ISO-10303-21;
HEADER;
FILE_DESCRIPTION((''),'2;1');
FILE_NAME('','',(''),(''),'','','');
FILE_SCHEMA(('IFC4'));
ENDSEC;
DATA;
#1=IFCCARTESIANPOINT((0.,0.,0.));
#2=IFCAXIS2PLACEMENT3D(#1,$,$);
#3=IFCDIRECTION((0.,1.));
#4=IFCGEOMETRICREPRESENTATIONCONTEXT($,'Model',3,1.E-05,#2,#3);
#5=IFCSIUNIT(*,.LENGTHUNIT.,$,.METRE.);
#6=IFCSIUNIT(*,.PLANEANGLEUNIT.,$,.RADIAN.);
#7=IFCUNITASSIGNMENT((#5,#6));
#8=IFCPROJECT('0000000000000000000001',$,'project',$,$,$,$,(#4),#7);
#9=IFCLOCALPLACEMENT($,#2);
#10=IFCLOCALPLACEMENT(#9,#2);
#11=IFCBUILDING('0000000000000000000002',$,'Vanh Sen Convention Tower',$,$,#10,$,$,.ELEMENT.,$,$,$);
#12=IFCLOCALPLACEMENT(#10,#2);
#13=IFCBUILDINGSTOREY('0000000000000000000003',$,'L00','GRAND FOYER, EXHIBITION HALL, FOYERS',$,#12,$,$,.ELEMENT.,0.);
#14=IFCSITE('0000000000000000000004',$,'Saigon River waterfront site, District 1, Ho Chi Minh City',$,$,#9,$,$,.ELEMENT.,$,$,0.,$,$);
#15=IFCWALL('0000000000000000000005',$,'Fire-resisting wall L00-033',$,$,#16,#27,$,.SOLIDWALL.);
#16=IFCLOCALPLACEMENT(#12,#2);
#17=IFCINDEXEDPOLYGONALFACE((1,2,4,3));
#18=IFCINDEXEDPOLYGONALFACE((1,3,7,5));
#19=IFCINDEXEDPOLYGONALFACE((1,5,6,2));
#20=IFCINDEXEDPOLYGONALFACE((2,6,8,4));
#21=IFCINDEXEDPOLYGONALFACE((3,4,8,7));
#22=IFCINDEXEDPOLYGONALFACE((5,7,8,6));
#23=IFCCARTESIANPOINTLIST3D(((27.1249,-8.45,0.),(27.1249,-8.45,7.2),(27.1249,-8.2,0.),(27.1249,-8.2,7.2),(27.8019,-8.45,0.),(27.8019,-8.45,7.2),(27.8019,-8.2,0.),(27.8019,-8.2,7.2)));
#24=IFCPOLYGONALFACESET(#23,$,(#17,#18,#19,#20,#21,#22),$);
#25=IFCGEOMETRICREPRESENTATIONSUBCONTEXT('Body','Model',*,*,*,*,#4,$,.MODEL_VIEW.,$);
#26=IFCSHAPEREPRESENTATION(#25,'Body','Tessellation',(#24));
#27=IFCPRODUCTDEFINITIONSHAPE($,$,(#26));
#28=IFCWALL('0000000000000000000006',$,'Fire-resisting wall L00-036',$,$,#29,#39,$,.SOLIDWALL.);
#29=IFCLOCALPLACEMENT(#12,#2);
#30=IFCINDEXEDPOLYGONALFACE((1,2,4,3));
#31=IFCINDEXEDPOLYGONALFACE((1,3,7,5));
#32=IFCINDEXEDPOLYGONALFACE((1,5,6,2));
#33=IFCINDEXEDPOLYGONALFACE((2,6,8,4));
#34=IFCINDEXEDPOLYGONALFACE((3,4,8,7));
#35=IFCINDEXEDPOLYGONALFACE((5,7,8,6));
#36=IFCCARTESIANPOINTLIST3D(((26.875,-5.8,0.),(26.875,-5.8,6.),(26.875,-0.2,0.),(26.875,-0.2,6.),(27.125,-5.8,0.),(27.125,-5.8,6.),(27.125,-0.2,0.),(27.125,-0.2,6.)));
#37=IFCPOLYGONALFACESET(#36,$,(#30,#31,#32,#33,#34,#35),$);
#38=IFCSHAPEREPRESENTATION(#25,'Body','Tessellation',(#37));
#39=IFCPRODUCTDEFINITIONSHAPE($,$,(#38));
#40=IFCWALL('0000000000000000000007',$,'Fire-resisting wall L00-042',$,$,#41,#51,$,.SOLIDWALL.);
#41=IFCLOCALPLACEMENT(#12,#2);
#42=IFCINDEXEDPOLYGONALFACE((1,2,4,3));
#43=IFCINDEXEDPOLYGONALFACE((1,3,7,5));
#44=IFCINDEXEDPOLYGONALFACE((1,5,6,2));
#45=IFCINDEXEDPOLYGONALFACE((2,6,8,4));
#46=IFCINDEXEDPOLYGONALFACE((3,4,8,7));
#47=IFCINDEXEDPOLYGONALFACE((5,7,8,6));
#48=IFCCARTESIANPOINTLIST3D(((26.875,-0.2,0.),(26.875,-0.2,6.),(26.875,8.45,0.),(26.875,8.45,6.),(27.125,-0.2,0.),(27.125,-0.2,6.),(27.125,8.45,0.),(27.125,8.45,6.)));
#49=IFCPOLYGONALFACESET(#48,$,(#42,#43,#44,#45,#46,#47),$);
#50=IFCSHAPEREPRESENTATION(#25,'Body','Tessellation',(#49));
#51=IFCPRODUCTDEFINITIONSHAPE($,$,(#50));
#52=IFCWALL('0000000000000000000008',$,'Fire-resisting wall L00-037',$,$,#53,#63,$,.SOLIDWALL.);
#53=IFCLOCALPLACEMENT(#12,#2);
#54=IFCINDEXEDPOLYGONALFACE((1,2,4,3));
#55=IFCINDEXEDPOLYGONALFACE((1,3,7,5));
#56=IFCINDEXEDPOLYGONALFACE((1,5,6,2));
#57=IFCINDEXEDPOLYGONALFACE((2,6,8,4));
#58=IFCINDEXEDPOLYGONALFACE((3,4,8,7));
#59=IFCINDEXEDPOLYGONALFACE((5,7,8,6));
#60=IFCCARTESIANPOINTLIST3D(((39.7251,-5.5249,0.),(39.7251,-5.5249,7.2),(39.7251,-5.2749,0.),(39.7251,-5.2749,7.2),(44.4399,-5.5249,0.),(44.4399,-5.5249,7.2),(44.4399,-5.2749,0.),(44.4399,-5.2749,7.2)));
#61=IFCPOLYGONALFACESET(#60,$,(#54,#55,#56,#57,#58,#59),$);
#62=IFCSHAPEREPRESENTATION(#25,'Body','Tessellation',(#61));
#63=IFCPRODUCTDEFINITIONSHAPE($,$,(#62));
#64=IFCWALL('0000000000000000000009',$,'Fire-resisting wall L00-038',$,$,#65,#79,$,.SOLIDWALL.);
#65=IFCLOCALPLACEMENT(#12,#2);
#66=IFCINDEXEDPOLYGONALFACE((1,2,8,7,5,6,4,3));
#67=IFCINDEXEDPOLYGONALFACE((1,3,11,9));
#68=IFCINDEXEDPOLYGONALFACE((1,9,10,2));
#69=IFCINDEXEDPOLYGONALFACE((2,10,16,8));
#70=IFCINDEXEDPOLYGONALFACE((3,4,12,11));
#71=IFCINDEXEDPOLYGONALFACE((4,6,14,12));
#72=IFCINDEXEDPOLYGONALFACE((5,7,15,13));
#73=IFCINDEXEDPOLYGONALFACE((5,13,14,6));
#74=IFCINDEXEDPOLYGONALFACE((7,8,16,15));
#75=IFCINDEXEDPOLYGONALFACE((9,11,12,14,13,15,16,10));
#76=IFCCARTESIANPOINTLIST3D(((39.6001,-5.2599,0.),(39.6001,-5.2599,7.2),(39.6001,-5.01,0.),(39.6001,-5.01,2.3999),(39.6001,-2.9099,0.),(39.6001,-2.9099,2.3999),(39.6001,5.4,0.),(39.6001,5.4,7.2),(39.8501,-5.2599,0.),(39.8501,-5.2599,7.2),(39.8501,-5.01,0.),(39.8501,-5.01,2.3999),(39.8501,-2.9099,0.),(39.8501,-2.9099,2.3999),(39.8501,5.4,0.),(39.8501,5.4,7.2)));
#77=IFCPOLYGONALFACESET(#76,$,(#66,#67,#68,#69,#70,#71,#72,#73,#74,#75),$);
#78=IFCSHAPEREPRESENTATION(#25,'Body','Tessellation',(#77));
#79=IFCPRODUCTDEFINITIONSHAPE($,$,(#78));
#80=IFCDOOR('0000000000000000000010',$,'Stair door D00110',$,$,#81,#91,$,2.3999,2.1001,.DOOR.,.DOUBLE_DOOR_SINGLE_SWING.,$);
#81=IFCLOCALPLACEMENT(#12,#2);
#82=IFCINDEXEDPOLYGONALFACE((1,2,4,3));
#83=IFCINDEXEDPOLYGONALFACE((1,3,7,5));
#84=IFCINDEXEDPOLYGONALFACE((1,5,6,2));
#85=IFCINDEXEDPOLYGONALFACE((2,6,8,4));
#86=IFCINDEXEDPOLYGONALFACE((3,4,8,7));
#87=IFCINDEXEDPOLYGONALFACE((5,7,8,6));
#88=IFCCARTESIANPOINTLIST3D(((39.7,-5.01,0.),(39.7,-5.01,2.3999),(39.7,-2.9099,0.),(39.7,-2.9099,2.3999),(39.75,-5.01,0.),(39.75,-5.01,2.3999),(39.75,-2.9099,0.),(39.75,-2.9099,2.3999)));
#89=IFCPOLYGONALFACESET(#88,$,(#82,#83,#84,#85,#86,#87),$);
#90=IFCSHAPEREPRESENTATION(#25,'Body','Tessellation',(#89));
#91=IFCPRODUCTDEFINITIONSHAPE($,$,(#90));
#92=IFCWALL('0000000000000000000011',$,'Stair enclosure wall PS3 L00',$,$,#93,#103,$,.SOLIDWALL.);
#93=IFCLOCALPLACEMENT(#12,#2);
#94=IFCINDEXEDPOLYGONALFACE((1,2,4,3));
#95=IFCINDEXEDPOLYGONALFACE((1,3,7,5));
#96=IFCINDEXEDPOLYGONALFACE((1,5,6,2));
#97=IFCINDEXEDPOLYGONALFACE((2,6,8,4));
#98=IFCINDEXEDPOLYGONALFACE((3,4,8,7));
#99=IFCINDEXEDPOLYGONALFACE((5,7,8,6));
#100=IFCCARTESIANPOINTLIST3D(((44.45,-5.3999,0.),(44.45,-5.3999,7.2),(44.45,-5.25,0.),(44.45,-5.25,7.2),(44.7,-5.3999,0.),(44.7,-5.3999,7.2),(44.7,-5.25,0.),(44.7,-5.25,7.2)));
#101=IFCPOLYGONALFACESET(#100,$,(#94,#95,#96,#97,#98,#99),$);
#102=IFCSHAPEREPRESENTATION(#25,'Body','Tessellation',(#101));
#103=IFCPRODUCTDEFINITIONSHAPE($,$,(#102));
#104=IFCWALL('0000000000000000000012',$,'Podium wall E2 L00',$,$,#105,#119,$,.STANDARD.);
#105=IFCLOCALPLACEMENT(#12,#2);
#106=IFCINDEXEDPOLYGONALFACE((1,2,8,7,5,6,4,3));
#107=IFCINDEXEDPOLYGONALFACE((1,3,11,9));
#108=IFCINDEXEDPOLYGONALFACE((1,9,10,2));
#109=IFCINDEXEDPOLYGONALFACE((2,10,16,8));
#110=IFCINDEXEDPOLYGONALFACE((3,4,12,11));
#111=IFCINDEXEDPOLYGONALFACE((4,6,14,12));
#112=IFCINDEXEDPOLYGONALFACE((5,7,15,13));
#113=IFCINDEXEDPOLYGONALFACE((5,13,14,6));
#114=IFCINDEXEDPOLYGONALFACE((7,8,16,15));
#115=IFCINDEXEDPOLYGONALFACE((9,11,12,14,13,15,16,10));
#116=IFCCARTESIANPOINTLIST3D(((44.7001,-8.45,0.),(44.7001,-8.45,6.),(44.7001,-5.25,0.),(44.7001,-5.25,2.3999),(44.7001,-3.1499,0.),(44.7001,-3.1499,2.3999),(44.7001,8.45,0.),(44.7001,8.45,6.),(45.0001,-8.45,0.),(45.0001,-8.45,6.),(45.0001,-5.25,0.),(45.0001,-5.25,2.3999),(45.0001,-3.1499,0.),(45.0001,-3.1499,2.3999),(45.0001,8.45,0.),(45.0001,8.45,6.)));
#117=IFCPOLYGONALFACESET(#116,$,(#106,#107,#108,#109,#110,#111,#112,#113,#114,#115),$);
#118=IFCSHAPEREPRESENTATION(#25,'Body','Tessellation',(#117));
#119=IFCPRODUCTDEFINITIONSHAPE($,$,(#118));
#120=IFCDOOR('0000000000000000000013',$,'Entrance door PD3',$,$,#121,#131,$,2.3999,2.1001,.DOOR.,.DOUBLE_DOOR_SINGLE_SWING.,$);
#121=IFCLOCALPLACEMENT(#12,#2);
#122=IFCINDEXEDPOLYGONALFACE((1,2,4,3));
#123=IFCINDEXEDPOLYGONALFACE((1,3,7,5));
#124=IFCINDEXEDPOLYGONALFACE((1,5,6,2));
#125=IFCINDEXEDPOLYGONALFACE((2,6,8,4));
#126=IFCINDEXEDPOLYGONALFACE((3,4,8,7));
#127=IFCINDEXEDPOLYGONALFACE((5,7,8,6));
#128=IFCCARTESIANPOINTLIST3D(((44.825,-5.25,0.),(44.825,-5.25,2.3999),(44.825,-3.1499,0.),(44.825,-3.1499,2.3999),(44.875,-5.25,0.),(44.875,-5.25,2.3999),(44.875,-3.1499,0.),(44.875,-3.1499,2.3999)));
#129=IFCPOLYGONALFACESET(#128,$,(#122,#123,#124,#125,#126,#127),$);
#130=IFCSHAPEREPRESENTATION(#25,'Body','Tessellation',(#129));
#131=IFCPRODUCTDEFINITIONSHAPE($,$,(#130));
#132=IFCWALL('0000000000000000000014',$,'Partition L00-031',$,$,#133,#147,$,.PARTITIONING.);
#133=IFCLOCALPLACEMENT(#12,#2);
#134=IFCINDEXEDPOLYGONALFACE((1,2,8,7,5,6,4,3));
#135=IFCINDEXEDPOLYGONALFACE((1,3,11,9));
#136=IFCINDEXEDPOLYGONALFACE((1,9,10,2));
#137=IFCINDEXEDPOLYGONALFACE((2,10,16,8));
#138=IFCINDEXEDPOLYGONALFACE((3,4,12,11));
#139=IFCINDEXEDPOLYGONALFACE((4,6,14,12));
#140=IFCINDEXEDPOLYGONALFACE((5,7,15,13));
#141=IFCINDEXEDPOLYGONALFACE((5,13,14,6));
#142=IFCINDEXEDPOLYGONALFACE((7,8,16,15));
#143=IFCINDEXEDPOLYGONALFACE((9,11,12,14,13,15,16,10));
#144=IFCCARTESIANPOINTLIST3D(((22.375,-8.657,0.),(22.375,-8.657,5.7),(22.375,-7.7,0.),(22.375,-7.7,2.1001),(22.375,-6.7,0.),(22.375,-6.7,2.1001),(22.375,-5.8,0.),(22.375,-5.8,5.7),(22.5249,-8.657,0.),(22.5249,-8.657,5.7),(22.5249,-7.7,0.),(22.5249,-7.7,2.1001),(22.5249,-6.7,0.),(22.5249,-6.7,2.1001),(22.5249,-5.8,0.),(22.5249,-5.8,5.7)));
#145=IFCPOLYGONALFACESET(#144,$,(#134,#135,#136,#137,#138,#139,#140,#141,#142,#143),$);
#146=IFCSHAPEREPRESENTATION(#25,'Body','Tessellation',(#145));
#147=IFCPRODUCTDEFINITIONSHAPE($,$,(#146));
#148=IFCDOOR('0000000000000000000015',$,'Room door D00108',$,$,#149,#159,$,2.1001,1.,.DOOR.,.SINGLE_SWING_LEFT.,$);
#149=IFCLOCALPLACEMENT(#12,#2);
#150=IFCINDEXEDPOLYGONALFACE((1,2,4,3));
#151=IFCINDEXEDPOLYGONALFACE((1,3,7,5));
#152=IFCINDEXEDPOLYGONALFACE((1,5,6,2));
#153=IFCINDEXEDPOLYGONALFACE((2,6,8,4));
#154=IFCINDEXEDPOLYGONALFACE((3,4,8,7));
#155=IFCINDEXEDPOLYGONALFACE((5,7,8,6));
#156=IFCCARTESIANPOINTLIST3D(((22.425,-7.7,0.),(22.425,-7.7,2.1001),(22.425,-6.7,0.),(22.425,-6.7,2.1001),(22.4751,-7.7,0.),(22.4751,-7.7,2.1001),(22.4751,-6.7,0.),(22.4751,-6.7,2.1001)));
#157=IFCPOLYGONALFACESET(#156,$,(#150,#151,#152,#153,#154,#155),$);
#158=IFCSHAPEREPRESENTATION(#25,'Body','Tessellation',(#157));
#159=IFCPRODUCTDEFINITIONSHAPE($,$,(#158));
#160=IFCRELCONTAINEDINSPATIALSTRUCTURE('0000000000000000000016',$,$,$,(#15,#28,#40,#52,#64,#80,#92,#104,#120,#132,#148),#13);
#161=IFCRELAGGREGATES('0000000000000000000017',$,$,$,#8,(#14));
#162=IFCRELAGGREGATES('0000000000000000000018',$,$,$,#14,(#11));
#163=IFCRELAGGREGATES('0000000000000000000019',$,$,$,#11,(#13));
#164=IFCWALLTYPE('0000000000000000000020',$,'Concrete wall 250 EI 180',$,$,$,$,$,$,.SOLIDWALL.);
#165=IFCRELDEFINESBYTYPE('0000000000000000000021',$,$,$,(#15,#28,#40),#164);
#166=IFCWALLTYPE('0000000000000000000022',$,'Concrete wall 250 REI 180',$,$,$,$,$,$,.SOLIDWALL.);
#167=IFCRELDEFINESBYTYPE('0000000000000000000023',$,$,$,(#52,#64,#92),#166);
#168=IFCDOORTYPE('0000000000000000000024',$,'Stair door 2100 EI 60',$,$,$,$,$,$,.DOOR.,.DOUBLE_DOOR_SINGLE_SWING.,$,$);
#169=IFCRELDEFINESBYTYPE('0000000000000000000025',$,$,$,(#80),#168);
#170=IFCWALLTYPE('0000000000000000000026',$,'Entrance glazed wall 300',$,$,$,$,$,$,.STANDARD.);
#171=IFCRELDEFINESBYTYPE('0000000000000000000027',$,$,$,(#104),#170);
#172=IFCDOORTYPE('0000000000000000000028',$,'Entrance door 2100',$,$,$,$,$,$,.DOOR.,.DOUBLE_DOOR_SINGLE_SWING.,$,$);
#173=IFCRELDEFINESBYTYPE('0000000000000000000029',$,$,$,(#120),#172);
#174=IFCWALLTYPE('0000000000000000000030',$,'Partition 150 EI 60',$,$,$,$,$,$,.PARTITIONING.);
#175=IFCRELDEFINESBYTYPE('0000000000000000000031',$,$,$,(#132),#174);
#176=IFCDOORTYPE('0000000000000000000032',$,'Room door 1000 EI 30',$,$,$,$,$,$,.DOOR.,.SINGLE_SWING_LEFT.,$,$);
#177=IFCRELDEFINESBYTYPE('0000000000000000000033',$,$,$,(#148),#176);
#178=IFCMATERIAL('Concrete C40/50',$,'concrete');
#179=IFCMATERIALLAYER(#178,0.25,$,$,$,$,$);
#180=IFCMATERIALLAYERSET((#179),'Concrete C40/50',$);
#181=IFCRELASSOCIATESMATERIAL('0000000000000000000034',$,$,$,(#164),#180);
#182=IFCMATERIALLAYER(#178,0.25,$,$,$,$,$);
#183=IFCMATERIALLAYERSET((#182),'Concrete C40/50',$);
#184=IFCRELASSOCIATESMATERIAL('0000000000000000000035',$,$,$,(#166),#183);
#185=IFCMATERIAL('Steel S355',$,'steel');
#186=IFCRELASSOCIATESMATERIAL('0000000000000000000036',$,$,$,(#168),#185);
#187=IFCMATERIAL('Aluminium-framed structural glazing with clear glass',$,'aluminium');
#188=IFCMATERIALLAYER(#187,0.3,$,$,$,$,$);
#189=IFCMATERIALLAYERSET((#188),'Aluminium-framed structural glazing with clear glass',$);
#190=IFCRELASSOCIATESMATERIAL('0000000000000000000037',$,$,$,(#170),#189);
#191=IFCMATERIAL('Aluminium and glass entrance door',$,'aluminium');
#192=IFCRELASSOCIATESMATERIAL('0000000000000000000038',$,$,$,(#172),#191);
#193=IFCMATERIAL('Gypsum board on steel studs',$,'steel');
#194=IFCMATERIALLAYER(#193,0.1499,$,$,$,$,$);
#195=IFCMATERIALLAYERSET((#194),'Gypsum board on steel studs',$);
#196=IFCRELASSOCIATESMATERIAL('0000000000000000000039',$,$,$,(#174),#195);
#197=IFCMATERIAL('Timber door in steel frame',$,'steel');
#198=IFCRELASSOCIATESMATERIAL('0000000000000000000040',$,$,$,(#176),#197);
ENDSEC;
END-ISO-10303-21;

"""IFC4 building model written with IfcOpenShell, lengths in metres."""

from ifc_helpers import new_model, si_unit, direction, frame, frame_2d, origin, place, context, subcontext, project, spatial, rectangle, extrude, material, layer, layer_set, type_object, element, fill, save


model = new_model("IFC4")

# Units and contexts
model_context = context("Model", 3, precision=1e-05, world=origin(), true_north=direction((0.0, 1.0)))
body_context = subcontext(model_context, "Body", "Model", "MODEL_VIEW")
ifc_project = project(units=[si_unit("LENGTHUNIT", "METRE"), si_unit("PLANEANGLEUNIT", "RADIAN")], contexts=[model_context])

# Site, building, storey
site_placement = place(None, origin())
site = spatial("IfcSite", under=ifc_project, at=site_placement, Name="Saigon River waterfront site, District 1, Ho Chi Minh City", CompositionType="ELEMENT", RefElevation=0.0)
building_placement = place(site_placement, origin())
building = spatial("IfcBuilding", under=site, at=building_placement, Name="Vanh Sen Convention Tower", CompositionType="ELEMENT")
storey_placement = place(building_placement, origin())
storey = spatial("IfcBuildingStorey", under=building, at=storey_placement, Name="L00", Description="GRAND FOYER, EXHIBITION HALL, FOYERS", CompositionType="ELEMENT", Elevation=0.0)

# Shared definitions
ifc_material_1 = material(Name="Concrete C40/50", Category="concrete")

# Walls
ifc_layer_1 = layer(ifc_material_1, 0.25)
ifc_layer_set_1 = layer_set([ifc_layer_1], Name="Concrete C40/50")
wall_type_1 = type_object("IfcWallType", Name="Concrete wall 250 EI 180", PredefinedType="SOLIDWALL", material=ifc_layer_set_1)
wall_1_placement = place(storey_placement, frame((27.125, -8.325, 0.0), z_axis=(0.0, 0.0, 1.0), x_axis=(1.0, 0.0, 0.0)))
element("IfcWall", 1, at=wall_1_placement, inside=storey, type_object=wall_type_1, Name="Fire-resisting wall L00-033", PredefinedType="SOLIDWALL", context=body_context, shape_type="SweptSolid", body=[
    extrude(rectangle(XDim=0.677, YDim=0.25, at=frame_2d((0.3384, 0.0))), origin(), (0.0, 0.0, 1.0), 7.2),
])
wall_2_placement = place(storey_placement, frame((27.0, -5.8, 0.0), z_axis=(0.0, 0.0, 1.0), x_axis=(0.0, 1.0, 0.0)))
element("IfcWall", 2, at=wall_2_placement, inside=storey, type_object=wall_type_1, Name="Fire-resisting wall L00-036", PredefinedType="SOLIDWALL", context=body_context, shape_type="SweptSolid", body=[
    extrude(rectangle(XDim=5.6001, YDim=0.25, at=frame_2d((2.8, 0.0))), origin(), (0.0, 0.0, 1.0), 6.0),
])
wall_3_placement = place(storey_placement, frame((27.0, -0.2, 0.0), z_axis=(0.0, 0.0, 1.0), x_axis=(0.0, 1.0, 0.0)))
element("IfcWall", 3, at=wall_3_placement, inside=storey, type_object=wall_type_1, Name="Fire-resisting wall L00-042", PredefinedType="SOLIDWALL", context=body_context, shape_type="SweptSolid", body=[
    extrude(rectangle(XDim=8.6499, YDim=0.25, at=frame_2d((4.325, 0.0))), origin(), (0.0, 0.0, 1.0), 6.0),
])
ifc_layer_2 = layer(ifc_material_1, 0.25)
ifc_layer_set_2 = layer_set([ifc_layer_2], Name="Concrete C40/50")
wall_type_2 = type_object("IfcWallType", Name="Concrete wall 250 REI 180", PredefinedType="SOLIDWALL", material=ifc_layer_set_2)
wall_4_placement = place(storey_placement, frame((44.4399, -5.3999, 0.0), z_axis=(0.0, 0.0, 1.0), x_axis=(-1.0, 0.0, 0.0)))
element("IfcWall", 4, at=wall_4_placement, inside=storey, type_object=wall_type_2, Name="Fire-resisting wall L00-037", PredefinedType="SOLIDWALL", context=body_context, shape_type="SweptSolid", body=[
    extrude(rectangle(XDim=4.7148, YDim=0.25, at=frame_2d((2.3574, 0.0))), origin(), (0.0, 0.0, 1.0), 7.2),
])

# Wall, opening, door
wall_5_placement = place(storey_placement, frame((39.7251, -5.26, 0.0), z_axis=(0.0, 0.0, 1.0), x_axis=(0.0, 1.0, 0.0)))
wall_5 = element("IfcWall", 5, at=wall_5_placement, inside=storey, type_object=wall_type_2, Name="Fire-resisting wall L00-038", PredefinedType="SOLIDWALL", context=body_context, shape_type="SweptSolid", body=[
    extrude(rectangle(XDim=10.6599, YDim=0.25, at=frame_2d((5.3301, 0.0))), origin(), (0.0, 0.0, 1.0), 7.2),
])
opening_1_placement = place(wall_5_placement, frame((0.25, 0.0, 0.0)))
opening_1 = element("IfcOpeningElement", 6, at=opening_1_placement, cuts=wall_5, PredefinedType="OPENING", context=body_context, shape_type="SweptSolid", body=[
    extrude(rectangle(XDim=2.1001, YDim=2.3999, at=frame_2d((1.05, 1.2))), frame((0.0, 0.135, 0.0), z_axis=(0.0, -1.0, 0.0), x_axis=(1.0, 0.0, 0.0)), (0.0, 0.0, 1.0), 0.27),
])
ifc_material_2 = material(Name="Steel S355", Category="steel")
door_type_1 = type_object("IfcDoorType", Name="Stair door 2100 EI 60", OperationType="DOUBLE_DOOR_SINGLE_SWING", PredefinedType="DOOR", material=ifc_material_2)
door_1_placement = place(opening_1_placement, frame((2.1001, 0.0, 0.0), z_axis=(0.0, 0.0, 1.0), x_axis=(-1.0, 0.0, 0.0)))
door_1 = element("IfcDoor", 7, at=door_1_placement, inside=storey, type_object=door_type_1, Name="Stair door D00110", OperationType="DOUBLE_DOOR_SINGLE_SWING", OverallHeight=2.3999, OverallWidth=2.1001, PredefinedType="DOOR", context=body_context, shape_type="SweptSolid", body=[
    extrude(rectangle(XDim=2.1001, YDim=2.3999, at=frame_2d((1.05, 1.2))), frame((0.0, 0.0249, 0.0), z_axis=(0.0, -1.0, 0.0), x_axis=(1.0, 0.0, 0.0)), (0.0, 0.0, 1.0), 0.05),
])
fill(opening_1, door_1)

# Wall
wall_6_placement = place(storey_placement, frame((44.575, -5.25, 0.0), z_axis=(0.0, 0.0, 1.0), x_axis=(0.0, -1.0, 0.0)))
element("IfcWall", 8, at=wall_6_placement, inside=storey, type_object=wall_type_2, Name="Stair enclosure wall PS3 L00", PredefinedType="SOLIDWALL", context=body_context, shape_type="SweptSolid", body=[
    extrude(rectangle(XDim=0.1499, YDim=0.25, at=frame_2d((0.075, 0.0))), origin(), (0.0, 0.0, 1.0), 7.2),
])

# Walls, openings, doors
ifc_material_3 = material(Name="Aluminium-framed structural glazing with clear glass", Category="aluminium")
ifc_layer_3 = layer(ifc_material_3, 0.3)
ifc_layer_set_3 = layer_set([ifc_layer_3], Name="Aluminium-framed structural glazing with clear glass")
wall_type_3 = type_object("IfcWallType", Name="Entrance glazed wall 300", PredefinedType="STANDARD", material=ifc_layer_set_3)
wall_7_placement = place(storey_placement, frame((44.8501, -8.45, 0.0), z_axis=(0.0, 0.0, 1.0), x_axis=(0.0, 1.0, 0.0)))
wall_7 = element("IfcWall", 9, at=wall_7_placement, inside=storey, type_object=wall_type_3, Name="Podium wall E2 L00", PredefinedType="STANDARD", context=body_context, shape_type="SweptSolid", body=[
    extrude(rectangle(XDim=16.8999, YDim=0.3, at=frame_2d((8.45, 0.0))), origin(), (0.0, 0.0, 1.0), 6.0),
])
opening_2_placement = place(wall_7_placement, frame((3.2, 0.0, 0.0)))
opening_2 = element("IfcOpeningElement", 10, at=opening_2_placement, cuts=wall_7, PredefinedType="OPENING", context=body_context, shape_type="SweptSolid", body=[
    extrude(rectangle(XDim=2.1001, YDim=2.3999, at=frame_2d((1.05, 1.2))), frame((0.0, 0.1599, 0.0), z_axis=(0.0, -1.0, 0.0), x_axis=(1.0, 0.0, 0.0)), (0.0, 0.0, 1.0), 0.3201),
])
ifc_material_4 = material(Name="Aluminium and glass entrance door", Category="aluminium")
door_type_2 = type_object("IfcDoorType", Name="Entrance door 2100", OperationType="DOUBLE_DOOR_SINGLE_SWING", PredefinedType="DOOR", material=ifc_material_4)
door_2_placement = place(opening_2_placement, frame((2.1001, 0.0, 0.0), z_axis=(0.0, 0.0, 1.0), x_axis=(-1.0, 0.0, 0.0)))
door_2 = element("IfcDoor", 11, at=door_2_placement, inside=storey, type_object=door_type_2, Name="Entrance door PD3", OperationType="DOUBLE_DOOR_SINGLE_SWING", OverallHeight=2.3999, OverallWidth=2.1001, PredefinedType="DOOR", context=body_context, shape_type="SweptSolid", body=[
    extrude(rectangle(XDim=2.1001, YDim=2.3999, at=frame_2d((1.05, 1.2))), frame((0.0, 0.0249, 0.0), z_axis=(0.0, -1.0, 0.0), x_axis=(1.0, 0.0, 0.0)), (0.0, 0.0, 1.0), 0.05),
])
fill(opening_2, door_2)
ifc_material_5 = material(Name="Gypsum board on steel studs", Category="steel")
ifc_layer_4 = layer(ifc_material_5, 0.1499)
ifc_layer_set_4 = layer_set([ifc_layer_4], Name="Gypsum board on steel studs")
wall_type_4 = type_object("IfcWallType", Name="Partition 150 EI 60", PredefinedType="PARTITIONING", material=ifc_layer_set_4)
wall_8_placement = place(storey_placement, frame((22.45, -8.657, 0.0), z_axis=(0.0, 0.0, 1.0), x_axis=(0.0, 1.0, 0.0)))
wall_8 = element("IfcWall", 12, at=wall_8_placement, inside=storey, type_object=wall_type_4, Name="Partition L00-031", PredefinedType="PARTITIONING", context=body_context, shape_type="SweptSolid", body=[
    extrude(rectangle(XDim=2.8569, YDim=0.1499, at=frame_2d((1.4285, 0.0))), origin(), (0.0, 0.0, 1.0), 5.7),
])
opening_3_placement = place(wall_8_placement, frame((0.957, 0.0, 0.0)))
opening_3 = element("IfcOpeningElement", 13, at=opening_3_placement, cuts=wall_8, PredefinedType="OPENING", context=body_context, shape_type="SweptSolid", body=[
    extrude(rectangle(XDim=1.0, YDim=2.1001, at=frame_2d((0.5, 1.05))), frame((0.0, 0.085, 0.0), z_axis=(0.0, -1.0, 0.0), x_axis=(1.0, 0.0, 0.0)), (0.0, 0.0, 1.0), 0.1699),
])
ifc_material_6 = material(Name="Timber door in steel frame", Category="steel")
door_type_3 = type_object("IfcDoorType", Name="Room door 1000 EI 30", OperationType="SINGLE_SWING_LEFT", PredefinedType="DOOR", material=ifc_material_6)
door_3_placement = place(opening_3_placement, origin())
door_3 = element("IfcDoor", 14, at=door_3_placement, inside=storey, type_object=door_type_3, Name="Room door D00108", OperationType="SINGLE_SWING_LEFT", OverallHeight=2.1001, OverallWidth=1.0, PredefinedType="DOOR", context=body_context, shape_type="SweptSolid", body=[
    extrude(rectangle(XDim=1.0, YDim=2.1001, at=frame_2d((0.5, 1.05))), frame((0.0, 0.0249, 0.0), z_axis=(0.0, -1.0, 0.0), x_axis=(1.0, 0.0, 0.0)), (0.0, 0.0, 1.0), 0.05),
])
fill(opening_3, door_3)

save(model, "model.ifc")
